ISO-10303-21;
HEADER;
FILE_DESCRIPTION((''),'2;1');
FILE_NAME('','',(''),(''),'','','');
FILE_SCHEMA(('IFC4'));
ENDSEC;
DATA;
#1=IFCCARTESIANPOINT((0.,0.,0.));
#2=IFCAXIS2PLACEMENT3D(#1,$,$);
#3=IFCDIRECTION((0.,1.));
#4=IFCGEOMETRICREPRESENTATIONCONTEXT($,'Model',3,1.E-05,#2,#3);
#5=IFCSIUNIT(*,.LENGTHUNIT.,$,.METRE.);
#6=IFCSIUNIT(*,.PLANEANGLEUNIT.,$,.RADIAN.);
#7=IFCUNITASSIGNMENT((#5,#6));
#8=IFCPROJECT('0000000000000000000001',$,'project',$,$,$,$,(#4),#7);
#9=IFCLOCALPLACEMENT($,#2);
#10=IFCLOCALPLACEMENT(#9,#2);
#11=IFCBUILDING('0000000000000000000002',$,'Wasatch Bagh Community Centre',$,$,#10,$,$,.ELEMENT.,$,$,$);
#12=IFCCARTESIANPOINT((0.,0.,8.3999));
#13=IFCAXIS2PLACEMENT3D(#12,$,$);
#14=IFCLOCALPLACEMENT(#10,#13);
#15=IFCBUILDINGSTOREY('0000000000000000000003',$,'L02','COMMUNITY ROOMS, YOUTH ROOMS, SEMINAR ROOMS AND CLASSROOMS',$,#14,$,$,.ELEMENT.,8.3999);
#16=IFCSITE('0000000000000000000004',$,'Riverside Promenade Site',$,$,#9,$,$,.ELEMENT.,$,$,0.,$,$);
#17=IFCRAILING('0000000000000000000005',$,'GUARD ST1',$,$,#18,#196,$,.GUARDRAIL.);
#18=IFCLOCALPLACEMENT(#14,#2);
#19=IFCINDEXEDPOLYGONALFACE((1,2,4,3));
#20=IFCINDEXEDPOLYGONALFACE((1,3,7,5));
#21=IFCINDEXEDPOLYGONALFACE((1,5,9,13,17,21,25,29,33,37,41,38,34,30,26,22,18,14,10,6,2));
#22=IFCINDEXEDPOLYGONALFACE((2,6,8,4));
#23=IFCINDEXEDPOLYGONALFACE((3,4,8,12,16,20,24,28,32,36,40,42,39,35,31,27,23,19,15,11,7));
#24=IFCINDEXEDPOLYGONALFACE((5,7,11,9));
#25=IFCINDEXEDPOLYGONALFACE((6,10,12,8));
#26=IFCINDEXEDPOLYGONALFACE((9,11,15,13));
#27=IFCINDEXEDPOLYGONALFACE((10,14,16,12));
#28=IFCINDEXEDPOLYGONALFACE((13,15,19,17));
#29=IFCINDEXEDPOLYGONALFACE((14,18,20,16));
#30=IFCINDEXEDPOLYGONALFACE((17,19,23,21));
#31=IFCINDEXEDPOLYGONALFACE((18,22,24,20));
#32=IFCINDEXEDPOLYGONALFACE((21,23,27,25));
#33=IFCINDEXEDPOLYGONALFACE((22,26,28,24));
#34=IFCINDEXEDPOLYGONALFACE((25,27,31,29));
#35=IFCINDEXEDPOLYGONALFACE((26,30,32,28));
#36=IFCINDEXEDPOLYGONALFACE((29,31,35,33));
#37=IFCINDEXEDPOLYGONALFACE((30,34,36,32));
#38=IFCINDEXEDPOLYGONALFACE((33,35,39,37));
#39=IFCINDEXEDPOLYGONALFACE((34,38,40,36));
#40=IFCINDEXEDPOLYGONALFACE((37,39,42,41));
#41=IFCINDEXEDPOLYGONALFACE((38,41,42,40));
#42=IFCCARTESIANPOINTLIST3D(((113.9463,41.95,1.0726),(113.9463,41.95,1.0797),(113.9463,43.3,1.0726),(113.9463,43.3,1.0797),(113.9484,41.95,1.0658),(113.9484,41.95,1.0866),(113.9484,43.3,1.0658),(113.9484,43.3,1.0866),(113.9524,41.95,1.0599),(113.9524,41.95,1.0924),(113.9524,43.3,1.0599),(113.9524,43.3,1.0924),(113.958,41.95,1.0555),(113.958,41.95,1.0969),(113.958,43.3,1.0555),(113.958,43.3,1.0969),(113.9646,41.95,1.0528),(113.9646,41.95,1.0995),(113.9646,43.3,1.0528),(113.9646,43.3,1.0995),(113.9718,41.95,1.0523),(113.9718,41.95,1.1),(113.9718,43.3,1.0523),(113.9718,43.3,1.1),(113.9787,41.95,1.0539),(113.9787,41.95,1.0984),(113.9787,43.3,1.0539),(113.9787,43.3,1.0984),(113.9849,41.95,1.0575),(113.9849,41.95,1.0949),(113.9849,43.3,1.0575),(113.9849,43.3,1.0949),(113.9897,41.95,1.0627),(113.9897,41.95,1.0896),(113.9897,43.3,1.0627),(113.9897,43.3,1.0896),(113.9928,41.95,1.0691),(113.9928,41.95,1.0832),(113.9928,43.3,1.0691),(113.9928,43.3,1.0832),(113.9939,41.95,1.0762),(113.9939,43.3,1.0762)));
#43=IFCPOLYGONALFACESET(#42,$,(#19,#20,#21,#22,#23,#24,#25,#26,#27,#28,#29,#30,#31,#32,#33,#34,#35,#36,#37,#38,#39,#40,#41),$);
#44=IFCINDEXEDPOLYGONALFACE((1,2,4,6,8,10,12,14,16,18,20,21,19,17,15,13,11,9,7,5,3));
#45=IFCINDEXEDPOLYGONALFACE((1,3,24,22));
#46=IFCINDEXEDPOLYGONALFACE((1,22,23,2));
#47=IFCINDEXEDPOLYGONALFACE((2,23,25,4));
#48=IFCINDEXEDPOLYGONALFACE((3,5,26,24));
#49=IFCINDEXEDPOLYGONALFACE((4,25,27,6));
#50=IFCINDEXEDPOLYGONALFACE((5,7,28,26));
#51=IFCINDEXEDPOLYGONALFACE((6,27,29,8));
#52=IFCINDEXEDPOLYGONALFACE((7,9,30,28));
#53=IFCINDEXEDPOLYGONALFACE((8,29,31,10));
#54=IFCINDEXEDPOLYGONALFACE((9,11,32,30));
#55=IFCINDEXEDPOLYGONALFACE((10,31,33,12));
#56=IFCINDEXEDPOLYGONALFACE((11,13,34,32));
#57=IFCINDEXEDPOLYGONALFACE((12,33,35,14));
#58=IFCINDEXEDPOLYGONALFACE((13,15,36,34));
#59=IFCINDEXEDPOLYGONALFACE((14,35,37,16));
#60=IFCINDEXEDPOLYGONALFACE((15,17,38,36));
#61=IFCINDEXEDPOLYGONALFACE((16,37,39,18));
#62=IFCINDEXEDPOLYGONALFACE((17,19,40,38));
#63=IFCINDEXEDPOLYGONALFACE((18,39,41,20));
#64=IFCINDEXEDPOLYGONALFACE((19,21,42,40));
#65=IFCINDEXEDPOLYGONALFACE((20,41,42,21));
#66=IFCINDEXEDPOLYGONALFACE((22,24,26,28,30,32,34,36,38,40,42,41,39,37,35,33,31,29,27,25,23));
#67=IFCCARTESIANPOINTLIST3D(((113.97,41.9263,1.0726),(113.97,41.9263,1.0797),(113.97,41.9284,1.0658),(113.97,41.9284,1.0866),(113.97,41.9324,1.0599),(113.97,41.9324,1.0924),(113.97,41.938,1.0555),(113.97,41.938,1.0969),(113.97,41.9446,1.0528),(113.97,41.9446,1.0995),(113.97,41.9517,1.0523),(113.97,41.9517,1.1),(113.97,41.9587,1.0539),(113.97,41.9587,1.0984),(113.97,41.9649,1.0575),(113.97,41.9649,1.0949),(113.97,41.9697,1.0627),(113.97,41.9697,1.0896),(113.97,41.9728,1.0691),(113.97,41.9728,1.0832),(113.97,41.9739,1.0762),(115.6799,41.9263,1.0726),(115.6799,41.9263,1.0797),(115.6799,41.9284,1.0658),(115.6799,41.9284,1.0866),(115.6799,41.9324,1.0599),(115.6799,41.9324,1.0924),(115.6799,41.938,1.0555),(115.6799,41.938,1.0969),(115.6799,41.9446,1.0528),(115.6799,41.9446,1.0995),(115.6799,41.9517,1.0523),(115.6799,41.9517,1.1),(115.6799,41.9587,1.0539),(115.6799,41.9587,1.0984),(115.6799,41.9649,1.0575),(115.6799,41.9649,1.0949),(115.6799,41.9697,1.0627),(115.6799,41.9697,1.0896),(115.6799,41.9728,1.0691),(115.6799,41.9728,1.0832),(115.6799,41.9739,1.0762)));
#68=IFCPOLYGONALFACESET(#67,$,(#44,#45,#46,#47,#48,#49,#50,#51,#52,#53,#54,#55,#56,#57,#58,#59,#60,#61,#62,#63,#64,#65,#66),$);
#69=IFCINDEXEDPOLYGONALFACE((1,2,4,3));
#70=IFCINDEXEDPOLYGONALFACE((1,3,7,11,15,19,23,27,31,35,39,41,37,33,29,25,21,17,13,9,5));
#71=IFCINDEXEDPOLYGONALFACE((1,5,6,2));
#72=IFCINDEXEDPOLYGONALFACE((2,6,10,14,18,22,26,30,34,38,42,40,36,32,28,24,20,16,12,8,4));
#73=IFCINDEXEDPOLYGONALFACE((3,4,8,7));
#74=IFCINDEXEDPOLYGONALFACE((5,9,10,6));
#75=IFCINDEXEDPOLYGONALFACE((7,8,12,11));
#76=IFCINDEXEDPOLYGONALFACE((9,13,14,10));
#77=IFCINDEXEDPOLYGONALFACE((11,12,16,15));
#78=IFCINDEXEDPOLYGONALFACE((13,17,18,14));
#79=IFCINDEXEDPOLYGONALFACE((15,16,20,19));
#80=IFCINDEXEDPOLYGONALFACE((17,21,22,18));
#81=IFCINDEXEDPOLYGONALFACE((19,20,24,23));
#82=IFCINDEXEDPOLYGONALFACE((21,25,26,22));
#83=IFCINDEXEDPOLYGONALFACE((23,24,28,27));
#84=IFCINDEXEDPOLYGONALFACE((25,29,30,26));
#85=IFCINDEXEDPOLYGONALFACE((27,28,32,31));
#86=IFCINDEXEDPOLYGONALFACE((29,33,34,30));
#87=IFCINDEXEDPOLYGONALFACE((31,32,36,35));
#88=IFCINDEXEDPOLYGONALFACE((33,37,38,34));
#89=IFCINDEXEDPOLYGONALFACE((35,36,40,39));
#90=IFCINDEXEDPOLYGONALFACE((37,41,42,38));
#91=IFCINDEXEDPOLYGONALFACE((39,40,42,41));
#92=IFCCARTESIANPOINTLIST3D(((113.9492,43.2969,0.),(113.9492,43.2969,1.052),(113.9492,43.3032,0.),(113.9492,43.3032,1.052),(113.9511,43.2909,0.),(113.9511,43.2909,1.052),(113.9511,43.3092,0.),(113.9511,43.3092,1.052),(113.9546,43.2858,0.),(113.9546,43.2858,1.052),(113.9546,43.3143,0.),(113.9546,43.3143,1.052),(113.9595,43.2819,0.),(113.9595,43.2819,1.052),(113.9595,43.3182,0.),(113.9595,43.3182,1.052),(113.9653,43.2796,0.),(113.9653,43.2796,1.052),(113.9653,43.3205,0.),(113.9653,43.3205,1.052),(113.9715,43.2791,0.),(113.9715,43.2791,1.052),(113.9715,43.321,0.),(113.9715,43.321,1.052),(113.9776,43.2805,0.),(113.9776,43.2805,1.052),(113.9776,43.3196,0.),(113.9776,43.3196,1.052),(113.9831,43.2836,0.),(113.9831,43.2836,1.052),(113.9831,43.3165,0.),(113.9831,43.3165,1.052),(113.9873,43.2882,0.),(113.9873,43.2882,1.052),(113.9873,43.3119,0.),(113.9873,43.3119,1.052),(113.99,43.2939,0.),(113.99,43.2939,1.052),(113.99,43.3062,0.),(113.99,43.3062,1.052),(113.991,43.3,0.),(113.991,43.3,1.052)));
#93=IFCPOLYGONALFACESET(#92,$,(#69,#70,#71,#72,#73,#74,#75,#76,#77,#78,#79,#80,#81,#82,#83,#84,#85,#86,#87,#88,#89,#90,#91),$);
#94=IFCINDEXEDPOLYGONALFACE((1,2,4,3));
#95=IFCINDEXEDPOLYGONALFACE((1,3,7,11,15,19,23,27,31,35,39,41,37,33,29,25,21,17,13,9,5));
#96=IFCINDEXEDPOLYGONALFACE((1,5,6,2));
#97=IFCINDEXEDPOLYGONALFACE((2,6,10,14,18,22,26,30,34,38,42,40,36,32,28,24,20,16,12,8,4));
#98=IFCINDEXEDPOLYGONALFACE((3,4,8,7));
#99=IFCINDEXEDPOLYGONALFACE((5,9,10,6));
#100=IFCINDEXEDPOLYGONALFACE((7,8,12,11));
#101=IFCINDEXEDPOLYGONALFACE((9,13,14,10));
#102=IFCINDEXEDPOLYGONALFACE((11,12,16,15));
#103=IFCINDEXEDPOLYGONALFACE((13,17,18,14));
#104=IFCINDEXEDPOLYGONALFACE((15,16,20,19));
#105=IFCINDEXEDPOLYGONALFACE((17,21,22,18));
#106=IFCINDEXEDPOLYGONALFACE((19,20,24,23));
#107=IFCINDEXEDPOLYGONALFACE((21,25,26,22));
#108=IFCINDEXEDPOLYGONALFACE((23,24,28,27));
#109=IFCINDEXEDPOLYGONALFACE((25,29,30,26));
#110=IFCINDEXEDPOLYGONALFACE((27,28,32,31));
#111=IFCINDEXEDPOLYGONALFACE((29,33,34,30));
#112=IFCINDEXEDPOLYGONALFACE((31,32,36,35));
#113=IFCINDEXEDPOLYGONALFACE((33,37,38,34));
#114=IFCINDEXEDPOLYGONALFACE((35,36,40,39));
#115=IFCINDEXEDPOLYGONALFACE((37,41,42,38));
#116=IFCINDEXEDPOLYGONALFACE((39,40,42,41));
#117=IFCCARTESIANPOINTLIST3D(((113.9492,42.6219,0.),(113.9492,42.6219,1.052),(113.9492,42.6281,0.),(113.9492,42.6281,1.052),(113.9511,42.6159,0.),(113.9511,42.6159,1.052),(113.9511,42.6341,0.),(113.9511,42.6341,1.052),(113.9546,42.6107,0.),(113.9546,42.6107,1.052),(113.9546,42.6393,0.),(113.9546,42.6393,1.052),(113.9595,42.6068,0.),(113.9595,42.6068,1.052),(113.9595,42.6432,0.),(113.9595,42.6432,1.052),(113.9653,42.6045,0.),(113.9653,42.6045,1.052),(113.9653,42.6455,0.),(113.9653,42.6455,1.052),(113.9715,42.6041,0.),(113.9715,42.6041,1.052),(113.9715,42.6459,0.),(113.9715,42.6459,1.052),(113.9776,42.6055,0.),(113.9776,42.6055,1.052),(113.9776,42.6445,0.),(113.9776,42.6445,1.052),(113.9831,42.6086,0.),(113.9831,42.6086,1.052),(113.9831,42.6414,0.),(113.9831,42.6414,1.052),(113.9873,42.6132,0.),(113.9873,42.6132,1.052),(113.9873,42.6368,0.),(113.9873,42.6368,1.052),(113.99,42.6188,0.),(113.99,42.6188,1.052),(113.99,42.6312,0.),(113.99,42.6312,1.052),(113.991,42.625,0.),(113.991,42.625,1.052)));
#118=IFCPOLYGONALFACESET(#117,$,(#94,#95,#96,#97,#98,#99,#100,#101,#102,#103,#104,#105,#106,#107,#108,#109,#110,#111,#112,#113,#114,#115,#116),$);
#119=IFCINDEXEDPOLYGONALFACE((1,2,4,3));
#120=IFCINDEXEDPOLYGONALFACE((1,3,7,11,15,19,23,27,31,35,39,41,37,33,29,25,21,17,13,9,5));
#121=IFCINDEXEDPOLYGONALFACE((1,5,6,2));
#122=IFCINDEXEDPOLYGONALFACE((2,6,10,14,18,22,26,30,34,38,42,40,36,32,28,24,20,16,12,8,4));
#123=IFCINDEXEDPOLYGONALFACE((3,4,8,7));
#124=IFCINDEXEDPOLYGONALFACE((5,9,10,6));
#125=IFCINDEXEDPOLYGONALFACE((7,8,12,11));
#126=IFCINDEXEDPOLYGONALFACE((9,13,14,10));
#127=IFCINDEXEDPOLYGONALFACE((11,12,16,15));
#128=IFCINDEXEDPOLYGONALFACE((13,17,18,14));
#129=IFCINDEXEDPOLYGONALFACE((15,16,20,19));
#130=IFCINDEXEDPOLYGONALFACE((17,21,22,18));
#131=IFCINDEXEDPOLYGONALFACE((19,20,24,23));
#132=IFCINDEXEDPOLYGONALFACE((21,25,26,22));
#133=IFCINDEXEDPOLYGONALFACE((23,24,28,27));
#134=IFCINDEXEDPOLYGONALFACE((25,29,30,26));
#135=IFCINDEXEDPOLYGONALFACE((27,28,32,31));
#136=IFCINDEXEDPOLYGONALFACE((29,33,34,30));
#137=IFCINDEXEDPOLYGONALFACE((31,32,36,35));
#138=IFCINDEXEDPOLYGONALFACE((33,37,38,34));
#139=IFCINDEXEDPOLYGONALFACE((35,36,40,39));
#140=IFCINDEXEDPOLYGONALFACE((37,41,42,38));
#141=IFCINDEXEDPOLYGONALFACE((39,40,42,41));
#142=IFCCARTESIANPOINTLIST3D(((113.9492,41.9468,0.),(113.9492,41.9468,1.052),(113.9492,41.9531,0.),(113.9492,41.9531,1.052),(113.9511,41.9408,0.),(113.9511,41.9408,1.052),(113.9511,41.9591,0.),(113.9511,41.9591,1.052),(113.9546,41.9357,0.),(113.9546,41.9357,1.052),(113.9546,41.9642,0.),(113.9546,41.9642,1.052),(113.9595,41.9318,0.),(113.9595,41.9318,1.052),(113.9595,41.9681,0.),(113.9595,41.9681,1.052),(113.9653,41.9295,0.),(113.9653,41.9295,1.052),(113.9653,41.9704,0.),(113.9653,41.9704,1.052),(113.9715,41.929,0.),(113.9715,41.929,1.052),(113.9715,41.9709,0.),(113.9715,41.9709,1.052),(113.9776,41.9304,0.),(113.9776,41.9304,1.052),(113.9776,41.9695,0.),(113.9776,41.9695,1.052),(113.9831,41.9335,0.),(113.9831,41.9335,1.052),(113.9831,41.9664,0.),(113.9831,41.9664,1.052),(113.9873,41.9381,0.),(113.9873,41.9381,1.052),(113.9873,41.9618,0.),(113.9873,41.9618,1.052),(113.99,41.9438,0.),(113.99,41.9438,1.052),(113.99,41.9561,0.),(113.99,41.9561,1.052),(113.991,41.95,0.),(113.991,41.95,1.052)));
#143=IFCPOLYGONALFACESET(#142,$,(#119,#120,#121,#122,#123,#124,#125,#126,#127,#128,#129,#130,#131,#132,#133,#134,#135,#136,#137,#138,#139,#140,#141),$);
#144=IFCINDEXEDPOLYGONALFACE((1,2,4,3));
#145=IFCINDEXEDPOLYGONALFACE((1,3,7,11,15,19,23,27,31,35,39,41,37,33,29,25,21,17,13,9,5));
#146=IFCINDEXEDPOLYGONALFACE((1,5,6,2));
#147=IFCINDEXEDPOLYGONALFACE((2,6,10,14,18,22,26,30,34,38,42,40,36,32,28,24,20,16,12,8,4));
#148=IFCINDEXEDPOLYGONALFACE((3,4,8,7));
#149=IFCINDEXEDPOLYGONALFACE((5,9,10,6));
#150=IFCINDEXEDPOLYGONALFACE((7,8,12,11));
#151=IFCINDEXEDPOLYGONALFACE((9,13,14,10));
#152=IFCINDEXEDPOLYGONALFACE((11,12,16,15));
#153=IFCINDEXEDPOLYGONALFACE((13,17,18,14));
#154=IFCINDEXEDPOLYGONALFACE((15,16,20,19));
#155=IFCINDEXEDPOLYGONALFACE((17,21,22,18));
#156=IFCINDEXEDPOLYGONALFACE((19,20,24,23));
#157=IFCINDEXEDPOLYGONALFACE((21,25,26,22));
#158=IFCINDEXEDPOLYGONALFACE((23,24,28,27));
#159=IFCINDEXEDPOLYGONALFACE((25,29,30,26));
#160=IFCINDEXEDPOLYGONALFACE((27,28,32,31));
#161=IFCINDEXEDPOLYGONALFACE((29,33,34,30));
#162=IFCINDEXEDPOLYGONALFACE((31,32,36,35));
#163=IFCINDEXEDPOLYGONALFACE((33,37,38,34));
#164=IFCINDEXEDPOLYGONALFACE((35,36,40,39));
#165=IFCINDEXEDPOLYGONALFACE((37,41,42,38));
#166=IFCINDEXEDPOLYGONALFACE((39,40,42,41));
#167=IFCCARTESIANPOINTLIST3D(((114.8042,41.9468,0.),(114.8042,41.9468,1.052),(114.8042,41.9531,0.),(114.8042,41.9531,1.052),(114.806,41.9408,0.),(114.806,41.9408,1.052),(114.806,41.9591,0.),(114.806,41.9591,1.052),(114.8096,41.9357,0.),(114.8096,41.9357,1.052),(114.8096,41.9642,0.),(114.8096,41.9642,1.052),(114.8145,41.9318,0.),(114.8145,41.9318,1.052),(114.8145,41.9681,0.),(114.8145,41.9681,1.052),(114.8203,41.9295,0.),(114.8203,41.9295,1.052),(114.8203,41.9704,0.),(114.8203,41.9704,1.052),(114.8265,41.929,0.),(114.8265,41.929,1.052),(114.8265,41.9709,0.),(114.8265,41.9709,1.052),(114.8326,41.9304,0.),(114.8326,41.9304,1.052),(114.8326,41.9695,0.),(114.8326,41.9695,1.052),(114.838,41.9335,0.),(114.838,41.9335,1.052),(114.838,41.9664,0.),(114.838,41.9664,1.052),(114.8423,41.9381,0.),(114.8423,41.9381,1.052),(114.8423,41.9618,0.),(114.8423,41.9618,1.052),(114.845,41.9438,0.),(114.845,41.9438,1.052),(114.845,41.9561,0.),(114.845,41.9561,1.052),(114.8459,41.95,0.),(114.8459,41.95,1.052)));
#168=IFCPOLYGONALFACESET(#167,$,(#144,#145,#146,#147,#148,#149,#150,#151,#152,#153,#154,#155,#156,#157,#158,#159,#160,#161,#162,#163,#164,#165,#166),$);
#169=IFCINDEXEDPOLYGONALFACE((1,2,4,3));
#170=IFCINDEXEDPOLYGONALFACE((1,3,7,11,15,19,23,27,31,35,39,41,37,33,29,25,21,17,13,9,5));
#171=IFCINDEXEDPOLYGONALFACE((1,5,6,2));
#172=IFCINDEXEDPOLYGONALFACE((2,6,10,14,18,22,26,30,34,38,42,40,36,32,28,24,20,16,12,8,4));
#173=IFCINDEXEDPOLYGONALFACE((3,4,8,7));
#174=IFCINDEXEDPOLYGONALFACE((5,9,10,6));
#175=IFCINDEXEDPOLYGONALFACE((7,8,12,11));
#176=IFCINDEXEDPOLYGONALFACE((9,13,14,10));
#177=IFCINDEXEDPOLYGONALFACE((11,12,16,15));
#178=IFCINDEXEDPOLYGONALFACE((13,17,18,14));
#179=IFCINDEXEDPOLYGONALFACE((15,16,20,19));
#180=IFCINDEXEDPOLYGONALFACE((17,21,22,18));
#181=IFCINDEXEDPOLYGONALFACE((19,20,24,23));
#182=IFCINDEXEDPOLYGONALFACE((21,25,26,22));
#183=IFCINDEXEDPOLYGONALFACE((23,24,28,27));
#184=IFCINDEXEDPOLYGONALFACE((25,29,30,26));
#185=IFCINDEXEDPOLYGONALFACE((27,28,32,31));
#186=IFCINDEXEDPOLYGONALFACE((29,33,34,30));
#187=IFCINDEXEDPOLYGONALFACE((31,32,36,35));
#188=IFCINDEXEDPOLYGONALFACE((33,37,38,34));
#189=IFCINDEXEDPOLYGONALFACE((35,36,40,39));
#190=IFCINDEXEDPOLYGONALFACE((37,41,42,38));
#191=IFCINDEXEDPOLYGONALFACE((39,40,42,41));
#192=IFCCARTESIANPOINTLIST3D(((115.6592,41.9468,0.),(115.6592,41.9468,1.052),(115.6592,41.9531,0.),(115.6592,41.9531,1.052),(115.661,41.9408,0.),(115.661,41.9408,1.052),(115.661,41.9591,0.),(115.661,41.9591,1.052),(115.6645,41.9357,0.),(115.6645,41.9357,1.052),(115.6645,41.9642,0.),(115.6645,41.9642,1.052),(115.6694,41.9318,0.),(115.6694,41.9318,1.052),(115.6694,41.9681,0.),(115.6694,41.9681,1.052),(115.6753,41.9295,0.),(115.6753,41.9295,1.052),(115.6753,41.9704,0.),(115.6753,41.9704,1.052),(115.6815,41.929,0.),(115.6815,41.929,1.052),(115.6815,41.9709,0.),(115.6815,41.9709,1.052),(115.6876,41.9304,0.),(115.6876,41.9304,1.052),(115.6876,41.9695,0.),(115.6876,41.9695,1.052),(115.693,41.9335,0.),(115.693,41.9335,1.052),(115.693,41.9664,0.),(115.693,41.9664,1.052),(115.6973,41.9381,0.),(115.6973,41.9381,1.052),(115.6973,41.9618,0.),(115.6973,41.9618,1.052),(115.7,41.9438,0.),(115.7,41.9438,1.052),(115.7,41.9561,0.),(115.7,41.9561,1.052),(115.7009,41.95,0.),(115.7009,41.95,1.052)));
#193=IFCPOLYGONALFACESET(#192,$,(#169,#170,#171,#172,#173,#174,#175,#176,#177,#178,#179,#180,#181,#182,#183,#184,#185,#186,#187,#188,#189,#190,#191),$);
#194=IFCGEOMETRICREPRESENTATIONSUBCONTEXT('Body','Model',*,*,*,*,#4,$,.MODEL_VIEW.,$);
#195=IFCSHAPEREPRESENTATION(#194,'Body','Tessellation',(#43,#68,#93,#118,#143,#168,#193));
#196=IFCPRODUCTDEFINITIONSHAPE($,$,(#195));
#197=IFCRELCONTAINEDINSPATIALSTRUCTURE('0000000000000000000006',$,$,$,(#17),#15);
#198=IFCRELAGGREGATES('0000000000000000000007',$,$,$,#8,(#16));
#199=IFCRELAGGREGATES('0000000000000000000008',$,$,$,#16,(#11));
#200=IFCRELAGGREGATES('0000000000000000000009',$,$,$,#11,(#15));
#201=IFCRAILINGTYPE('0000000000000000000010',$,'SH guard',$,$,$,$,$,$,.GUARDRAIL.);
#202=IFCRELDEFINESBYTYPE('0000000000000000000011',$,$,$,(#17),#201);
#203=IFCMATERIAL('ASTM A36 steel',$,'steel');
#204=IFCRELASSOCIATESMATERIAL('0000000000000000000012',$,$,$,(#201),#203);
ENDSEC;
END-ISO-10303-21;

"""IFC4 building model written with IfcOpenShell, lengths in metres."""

from ifc_helpers import new_model, si_unit, direction, frame, origin, origin_2d, place, context, subcontext, project, spatial, circle, extrude, material, type_object, element, save


model = new_model("IFC4")

# Units and contexts
model_context = context("Model", 3, precision=1e-05, world=origin(), true_north=direction((0.0, 1.0)))
body_context = subcontext(model_context, "Body", "Model", "MODEL_VIEW")
ifc_project = project(units=[si_unit("LENGTHUNIT", "METRE"), si_unit("PLANEANGLEUNIT", "RADIAN")], contexts=[model_context])

# Site, building, storey
site_placement = place(None, origin())
site = spatial("IfcSite", under=ifc_project, at=site_placement, Name="Riverside Promenade Site", CompositionType="ELEMENT", RefElevation=0.0)
building_placement = place(site_placement, origin())
building = spatial("IfcBuilding", under=site, at=building_placement, Name="Wasatch Bagh Community Centre", CompositionType="ELEMENT")
storey_placement = place(building_placement, frame((0.0, 0.0, 8.3999)))
storey = spatial("IfcBuildingStorey", under=building, at=storey_placement, Name="L02", Description="COMMUNITY ROOMS, YOUTH ROOMS, SEMINAR ROOMS AND CLASSROOMS", CompositionType="ELEMENT", Elevation=8.3999)

# Railing
ifc_material_1 = material(Name="ASTM A36 steel", Category="steel")
railing_type = type_object("IfcRailingType", Name="SH guard", PredefinedType="GUARDRAIL", material=ifc_material_1)
railing_1_placement = place(storey_placement, frame((113.97, 43.3, 0.0)))
element("IfcRailing", 1, at=railing_1_placement, inside=storey, type_object=railing_type, Name="GUARD ST1", PredefinedType="GUARDRAIL", context=body_context, shape_type="SweptSolid", body=[
    extrude(circle(Radius=0.0239, at=origin_2d()), frame((0.0, 0.0, 1.0762), z_axis=(0.0, -1.0, 0.0), x_axis=(1.0, 0.0, 0.0)), (0.0, 0.0, 1.0), 1.3501),
    extrude(circle(Radius=0.0239, at=origin_2d()), frame((0.0, -1.3501, 1.0762), z_axis=(1.0, 0.0, 0.0), x_axis=(0.0, 1.0, 0.0)), (0.0, 0.0, 1.0), 1.71),
    extrude(circle(Radius=0.021, at=origin_2d()), origin(), (0.0, 0.0, 1.0), 1.052),
    extrude(circle(Radius=0.021, at=origin_2d()), frame((0.0, -0.675, 0.0)), (0.0, 0.0, 1.0), 1.052),
    extrude(circle(Radius=0.021, at=origin_2d()), frame((0.0, -1.3501, 0.0)), (0.0, 0.0, 1.0), 1.052),
    extrude(circle(Radius=0.021, at=origin_2d()), frame((0.855, -1.3501, 0.0)), (0.0, 0.0, 1.0), 1.052),
    extrude(circle(Radius=0.021, at=origin_2d()), frame((1.71, -1.3501, 0.0)), (0.0, 0.0, 1.0), 1.052),
])

save(model, "model.ifc")
